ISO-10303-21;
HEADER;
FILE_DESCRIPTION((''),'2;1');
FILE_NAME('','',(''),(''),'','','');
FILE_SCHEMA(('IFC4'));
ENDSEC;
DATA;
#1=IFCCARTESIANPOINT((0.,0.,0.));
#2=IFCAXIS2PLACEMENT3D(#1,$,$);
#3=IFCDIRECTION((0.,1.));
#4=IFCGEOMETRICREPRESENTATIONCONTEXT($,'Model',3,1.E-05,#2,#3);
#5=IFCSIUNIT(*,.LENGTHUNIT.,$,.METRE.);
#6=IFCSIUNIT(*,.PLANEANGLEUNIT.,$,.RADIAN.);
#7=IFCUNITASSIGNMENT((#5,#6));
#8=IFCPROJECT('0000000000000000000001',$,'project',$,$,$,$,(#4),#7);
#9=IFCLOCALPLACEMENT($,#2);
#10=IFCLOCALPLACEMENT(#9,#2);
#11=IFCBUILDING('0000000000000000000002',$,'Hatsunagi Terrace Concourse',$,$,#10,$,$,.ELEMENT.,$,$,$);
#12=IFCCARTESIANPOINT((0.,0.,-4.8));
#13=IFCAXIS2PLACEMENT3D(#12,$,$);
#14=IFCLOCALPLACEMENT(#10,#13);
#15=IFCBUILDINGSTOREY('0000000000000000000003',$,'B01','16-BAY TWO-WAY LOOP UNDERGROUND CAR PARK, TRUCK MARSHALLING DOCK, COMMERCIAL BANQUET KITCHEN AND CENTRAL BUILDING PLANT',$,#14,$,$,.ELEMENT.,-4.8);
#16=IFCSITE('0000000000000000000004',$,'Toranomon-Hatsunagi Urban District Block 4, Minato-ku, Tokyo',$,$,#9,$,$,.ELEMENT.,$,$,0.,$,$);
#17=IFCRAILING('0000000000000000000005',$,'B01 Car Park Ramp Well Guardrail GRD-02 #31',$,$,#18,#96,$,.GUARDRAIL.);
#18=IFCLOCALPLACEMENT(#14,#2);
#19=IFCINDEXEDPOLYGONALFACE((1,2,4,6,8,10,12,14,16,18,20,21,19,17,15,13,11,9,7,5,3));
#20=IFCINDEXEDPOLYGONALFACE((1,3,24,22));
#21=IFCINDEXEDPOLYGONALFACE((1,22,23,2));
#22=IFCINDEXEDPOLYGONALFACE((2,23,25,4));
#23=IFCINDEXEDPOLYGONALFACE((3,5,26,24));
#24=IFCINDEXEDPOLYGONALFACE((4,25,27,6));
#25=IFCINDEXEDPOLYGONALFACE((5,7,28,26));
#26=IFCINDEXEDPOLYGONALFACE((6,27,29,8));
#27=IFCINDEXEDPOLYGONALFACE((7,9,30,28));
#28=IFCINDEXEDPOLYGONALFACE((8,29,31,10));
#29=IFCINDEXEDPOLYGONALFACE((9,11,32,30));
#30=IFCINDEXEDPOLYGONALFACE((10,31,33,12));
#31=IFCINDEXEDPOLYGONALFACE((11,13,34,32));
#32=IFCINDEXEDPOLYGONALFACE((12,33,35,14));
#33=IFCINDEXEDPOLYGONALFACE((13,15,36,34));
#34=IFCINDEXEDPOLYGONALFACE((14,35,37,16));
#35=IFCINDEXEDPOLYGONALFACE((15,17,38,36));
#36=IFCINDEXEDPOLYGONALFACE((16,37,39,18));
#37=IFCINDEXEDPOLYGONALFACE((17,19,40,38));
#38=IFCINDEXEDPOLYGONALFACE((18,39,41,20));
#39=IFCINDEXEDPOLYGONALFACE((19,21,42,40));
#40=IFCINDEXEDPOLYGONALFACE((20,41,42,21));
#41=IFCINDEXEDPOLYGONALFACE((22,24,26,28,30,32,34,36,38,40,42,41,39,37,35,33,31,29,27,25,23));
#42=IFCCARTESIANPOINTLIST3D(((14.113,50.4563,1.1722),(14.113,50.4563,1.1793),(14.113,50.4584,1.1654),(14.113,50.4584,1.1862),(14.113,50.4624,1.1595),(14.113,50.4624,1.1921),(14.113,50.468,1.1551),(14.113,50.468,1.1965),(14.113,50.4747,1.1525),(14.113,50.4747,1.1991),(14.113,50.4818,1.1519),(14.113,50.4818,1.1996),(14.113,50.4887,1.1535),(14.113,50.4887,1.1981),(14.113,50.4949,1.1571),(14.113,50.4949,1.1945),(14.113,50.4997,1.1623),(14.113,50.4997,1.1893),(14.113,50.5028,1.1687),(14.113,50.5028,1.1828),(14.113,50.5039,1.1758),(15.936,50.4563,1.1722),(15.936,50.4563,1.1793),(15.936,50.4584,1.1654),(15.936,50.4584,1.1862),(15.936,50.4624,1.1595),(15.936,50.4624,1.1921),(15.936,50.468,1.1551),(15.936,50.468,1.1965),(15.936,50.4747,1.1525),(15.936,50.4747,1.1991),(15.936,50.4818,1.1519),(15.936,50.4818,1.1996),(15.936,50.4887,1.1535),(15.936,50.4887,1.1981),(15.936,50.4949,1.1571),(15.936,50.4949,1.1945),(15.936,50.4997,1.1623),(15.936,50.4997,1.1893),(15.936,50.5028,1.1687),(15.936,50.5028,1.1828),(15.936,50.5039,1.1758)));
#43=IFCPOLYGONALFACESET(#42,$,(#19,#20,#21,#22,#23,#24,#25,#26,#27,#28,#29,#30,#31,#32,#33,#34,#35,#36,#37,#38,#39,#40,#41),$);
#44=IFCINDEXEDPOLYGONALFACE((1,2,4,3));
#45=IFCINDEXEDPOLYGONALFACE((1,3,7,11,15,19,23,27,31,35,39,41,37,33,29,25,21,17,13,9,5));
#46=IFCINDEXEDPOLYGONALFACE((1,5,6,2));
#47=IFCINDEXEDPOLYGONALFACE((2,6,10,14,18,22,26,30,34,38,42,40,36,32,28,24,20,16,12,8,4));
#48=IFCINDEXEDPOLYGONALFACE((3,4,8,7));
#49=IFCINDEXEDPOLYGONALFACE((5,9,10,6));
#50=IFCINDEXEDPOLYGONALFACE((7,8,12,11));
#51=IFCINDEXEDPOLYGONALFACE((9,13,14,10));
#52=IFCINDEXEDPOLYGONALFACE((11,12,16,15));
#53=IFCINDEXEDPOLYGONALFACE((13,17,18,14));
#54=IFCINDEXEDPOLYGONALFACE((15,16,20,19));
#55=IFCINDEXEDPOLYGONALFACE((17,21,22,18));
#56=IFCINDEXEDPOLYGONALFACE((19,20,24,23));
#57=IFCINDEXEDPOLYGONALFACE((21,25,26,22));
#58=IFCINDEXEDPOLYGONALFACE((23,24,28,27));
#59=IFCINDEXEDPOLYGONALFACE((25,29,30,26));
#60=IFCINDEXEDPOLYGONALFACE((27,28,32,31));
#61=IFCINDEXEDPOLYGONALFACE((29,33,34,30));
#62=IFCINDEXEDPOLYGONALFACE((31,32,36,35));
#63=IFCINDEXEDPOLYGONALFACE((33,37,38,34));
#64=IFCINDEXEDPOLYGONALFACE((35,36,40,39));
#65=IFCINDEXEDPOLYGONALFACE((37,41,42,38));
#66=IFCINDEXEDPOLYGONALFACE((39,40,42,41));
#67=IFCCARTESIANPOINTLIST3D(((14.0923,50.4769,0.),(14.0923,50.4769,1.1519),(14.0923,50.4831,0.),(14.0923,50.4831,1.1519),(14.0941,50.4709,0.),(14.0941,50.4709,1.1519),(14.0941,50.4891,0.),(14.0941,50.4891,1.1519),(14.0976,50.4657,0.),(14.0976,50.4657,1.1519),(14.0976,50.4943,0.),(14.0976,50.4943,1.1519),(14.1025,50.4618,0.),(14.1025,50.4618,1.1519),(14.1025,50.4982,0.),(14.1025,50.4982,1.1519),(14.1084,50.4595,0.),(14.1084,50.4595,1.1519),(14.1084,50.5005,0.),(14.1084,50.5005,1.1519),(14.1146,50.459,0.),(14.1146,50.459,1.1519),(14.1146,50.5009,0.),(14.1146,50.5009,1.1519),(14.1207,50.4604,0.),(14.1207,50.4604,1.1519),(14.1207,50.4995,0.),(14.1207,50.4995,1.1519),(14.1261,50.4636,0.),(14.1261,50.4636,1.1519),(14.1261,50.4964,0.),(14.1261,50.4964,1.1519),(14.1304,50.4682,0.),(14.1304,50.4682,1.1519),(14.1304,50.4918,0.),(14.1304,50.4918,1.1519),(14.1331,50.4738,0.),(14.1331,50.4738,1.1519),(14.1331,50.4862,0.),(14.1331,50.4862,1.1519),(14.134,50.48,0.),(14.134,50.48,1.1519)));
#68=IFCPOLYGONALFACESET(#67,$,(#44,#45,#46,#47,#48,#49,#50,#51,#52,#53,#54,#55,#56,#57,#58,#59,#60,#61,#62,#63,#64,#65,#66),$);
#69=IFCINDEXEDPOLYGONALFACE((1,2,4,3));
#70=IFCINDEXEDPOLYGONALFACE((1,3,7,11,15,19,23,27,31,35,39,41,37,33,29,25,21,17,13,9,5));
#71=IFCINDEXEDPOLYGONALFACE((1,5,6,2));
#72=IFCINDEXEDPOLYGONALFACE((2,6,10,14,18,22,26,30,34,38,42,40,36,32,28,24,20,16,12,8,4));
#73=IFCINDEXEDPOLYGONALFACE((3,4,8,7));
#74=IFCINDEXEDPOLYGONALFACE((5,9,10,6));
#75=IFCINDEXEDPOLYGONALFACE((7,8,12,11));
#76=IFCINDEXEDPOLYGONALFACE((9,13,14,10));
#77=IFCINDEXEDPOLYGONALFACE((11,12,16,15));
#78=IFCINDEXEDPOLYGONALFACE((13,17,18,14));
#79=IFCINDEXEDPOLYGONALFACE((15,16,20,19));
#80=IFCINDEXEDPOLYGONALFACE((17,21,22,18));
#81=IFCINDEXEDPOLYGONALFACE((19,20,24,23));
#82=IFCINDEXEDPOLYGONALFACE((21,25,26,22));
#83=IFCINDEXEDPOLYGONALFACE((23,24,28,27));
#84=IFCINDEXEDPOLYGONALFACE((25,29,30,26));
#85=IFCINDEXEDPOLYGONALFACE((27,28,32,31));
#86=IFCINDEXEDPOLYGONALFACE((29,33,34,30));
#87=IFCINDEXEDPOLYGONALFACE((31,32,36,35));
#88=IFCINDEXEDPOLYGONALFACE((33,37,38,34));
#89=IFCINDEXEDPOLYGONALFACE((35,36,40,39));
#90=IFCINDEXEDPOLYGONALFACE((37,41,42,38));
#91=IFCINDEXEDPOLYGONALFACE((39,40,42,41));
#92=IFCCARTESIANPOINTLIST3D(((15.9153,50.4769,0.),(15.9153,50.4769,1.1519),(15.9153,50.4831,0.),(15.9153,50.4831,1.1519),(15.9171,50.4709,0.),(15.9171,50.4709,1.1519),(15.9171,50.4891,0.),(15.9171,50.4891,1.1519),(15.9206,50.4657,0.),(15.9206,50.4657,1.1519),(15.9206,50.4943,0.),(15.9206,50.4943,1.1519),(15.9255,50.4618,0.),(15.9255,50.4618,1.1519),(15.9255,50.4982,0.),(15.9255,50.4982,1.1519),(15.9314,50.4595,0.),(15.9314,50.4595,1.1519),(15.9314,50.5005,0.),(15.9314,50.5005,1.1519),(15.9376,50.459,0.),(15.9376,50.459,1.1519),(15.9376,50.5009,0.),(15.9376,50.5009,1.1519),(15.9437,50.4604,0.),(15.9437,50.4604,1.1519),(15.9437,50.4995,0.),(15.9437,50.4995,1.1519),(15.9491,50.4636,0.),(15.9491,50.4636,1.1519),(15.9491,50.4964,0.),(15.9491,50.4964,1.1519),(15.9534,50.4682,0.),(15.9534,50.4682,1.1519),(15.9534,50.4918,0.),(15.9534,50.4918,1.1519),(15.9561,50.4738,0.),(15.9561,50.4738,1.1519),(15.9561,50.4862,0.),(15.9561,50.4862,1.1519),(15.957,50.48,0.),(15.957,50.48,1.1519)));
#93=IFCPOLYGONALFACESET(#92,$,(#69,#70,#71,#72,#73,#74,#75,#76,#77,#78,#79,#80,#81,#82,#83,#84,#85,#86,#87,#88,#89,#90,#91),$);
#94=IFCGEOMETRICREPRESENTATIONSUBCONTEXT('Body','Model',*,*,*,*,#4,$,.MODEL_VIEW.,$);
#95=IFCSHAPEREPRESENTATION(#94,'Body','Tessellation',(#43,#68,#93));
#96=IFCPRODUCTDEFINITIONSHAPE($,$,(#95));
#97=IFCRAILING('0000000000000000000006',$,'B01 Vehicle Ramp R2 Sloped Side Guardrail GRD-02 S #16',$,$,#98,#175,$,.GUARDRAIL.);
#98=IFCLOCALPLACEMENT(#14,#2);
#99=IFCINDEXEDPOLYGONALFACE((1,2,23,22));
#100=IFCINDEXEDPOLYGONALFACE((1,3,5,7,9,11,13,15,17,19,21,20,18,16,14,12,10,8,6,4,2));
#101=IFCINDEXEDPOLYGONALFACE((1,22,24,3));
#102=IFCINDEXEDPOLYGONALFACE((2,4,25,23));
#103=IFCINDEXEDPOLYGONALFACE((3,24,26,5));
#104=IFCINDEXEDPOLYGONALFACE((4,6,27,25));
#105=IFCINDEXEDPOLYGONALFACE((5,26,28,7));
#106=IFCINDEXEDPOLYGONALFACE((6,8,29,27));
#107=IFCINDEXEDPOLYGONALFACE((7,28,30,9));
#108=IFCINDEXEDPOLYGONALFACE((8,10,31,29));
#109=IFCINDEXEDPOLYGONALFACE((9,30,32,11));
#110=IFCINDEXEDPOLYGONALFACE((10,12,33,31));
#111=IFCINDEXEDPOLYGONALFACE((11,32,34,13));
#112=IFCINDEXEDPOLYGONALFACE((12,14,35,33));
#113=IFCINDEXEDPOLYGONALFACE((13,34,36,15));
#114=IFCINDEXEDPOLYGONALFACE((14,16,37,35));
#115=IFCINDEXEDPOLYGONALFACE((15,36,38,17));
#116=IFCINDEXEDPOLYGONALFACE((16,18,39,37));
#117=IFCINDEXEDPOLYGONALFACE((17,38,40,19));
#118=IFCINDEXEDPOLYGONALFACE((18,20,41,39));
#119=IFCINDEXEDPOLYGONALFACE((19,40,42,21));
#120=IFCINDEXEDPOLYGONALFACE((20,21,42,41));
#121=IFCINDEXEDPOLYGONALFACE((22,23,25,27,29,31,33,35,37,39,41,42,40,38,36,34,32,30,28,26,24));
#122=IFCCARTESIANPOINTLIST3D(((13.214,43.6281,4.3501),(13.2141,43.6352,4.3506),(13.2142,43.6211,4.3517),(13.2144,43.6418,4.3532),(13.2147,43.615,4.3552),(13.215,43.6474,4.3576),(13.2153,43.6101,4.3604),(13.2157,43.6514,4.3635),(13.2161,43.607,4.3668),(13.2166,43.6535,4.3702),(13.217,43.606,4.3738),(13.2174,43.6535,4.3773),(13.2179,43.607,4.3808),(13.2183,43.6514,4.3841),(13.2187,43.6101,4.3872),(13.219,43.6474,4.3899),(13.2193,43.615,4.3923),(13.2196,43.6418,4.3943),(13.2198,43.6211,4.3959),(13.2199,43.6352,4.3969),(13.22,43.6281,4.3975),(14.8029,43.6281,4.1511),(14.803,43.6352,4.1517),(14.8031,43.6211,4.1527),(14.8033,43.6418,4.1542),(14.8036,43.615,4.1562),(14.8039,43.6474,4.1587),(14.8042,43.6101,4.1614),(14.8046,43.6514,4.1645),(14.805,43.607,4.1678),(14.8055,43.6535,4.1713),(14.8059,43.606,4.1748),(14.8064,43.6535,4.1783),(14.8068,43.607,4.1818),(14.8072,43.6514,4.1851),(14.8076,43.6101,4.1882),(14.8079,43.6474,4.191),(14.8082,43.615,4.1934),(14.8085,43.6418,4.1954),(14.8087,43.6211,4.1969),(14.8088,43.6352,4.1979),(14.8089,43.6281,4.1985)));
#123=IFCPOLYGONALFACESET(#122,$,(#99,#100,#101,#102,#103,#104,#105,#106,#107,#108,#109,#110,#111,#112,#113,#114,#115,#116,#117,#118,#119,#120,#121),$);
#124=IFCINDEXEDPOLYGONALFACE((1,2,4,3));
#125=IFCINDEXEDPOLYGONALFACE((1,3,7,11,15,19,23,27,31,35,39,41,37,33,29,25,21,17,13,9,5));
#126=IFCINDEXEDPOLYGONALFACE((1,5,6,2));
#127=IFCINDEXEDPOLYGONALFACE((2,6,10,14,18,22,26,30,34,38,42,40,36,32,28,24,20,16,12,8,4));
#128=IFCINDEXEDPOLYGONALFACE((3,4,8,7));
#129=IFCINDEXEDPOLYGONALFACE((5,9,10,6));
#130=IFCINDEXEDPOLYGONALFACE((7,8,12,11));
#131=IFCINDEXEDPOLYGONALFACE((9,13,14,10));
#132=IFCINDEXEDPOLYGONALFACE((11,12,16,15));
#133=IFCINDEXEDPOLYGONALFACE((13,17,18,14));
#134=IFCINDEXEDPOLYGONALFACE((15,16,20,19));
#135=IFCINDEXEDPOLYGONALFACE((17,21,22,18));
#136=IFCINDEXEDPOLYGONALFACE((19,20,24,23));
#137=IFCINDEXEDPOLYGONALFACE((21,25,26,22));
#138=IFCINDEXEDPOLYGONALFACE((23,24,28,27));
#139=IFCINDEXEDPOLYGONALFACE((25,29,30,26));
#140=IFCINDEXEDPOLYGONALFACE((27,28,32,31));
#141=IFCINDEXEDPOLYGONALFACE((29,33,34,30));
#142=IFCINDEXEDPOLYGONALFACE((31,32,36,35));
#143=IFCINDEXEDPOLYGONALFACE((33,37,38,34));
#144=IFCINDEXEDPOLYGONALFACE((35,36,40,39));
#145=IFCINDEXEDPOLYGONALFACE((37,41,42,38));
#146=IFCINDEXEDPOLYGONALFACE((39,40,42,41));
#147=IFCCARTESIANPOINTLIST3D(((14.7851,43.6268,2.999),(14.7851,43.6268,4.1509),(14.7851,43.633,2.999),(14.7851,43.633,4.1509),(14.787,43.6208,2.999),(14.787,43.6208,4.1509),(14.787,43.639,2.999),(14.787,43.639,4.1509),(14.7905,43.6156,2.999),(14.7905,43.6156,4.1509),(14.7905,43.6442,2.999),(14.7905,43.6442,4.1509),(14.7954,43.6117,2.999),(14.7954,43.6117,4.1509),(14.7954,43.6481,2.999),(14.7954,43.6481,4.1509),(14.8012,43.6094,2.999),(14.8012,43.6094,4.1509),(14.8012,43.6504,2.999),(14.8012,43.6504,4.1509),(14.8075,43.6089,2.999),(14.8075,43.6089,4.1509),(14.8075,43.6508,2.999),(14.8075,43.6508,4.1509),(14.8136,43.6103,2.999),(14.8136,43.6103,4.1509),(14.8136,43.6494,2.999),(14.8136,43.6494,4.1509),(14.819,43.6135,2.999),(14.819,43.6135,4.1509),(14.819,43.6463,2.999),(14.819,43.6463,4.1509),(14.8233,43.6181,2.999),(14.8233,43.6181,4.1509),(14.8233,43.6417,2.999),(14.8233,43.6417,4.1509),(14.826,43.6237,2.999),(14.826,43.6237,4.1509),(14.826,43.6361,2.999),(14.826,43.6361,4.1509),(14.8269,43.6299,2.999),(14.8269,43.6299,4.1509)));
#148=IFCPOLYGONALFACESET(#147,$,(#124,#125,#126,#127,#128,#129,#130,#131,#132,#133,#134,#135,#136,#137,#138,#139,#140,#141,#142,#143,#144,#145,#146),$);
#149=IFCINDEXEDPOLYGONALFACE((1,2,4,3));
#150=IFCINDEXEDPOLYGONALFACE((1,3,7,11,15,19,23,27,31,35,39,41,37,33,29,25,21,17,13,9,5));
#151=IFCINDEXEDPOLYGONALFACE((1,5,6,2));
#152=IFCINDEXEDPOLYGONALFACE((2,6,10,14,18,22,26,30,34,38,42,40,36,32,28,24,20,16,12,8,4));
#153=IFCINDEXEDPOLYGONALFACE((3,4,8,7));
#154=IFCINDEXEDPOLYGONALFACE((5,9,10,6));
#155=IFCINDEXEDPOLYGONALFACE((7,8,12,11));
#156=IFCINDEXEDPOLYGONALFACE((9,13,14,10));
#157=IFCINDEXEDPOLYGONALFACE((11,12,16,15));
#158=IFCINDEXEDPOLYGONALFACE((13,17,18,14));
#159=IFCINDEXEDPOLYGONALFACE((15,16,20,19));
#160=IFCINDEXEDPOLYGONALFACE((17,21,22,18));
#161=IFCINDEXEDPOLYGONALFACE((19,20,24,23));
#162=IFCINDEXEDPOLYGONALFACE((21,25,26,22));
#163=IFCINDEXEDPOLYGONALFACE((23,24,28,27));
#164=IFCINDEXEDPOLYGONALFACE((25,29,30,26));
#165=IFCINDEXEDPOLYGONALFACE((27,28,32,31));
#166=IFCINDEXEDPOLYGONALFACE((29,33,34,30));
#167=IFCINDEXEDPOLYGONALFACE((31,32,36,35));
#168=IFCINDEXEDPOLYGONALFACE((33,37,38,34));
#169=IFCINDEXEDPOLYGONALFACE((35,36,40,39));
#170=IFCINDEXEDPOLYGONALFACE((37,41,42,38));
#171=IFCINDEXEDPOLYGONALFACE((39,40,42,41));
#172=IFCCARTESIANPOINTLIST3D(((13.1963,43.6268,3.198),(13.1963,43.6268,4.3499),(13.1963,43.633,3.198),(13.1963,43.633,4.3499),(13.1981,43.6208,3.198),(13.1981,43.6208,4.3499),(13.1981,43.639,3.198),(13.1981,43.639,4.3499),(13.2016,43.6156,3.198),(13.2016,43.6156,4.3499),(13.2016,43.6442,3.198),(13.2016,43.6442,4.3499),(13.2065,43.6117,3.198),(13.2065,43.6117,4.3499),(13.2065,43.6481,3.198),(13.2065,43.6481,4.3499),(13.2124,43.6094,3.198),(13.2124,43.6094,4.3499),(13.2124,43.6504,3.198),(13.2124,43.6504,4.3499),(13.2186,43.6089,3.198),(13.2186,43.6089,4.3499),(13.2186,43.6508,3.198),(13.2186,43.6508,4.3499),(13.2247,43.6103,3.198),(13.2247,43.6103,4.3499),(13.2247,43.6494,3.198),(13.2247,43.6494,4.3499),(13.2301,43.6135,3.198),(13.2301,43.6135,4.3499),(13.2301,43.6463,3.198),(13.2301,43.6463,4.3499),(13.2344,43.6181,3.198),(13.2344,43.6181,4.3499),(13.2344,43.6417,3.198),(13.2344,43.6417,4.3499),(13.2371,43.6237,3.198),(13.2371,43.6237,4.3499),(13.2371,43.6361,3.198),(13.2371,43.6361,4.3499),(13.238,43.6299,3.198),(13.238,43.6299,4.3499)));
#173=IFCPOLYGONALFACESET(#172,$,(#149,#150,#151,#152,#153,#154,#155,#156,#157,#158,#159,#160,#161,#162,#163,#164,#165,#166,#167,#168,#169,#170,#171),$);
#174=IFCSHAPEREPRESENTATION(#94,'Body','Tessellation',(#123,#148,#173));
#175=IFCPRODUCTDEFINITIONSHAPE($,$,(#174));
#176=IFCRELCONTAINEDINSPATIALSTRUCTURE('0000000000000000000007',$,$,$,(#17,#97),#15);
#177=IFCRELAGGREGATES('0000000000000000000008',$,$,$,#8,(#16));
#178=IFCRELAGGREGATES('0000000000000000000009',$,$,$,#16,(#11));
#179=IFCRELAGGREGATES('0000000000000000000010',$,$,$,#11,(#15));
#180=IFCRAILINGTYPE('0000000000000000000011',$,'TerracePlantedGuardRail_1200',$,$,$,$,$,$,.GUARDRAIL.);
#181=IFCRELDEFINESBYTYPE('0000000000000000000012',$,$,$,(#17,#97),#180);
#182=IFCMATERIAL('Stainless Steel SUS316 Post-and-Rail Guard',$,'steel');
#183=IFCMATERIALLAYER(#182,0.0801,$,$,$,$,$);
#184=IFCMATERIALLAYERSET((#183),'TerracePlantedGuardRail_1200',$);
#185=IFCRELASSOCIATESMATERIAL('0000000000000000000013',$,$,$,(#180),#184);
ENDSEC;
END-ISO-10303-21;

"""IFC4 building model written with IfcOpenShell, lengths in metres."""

from ifc_helpers import new_model, si_unit, direction, frame, origin, origin_2d, place, context, subcontext, project, spatial, circle, extrude, material, layer, layer_set, type_object, element, save


model = new_model("IFC4")

# Units and contexts
model_context = context("Model", 3, precision=1e-05, world=origin(), true_north=direction((0.0, 1.0)))
body_context = subcontext(model_context, "Body", "Model", "MODEL_VIEW")
ifc_project = project(units=[si_unit("LENGTHUNIT", "METRE"), si_unit("PLANEANGLEUNIT", "RADIAN")], contexts=[model_context])

# Site, building, storey
site_placement = place(None, origin())
site = spatial("IfcSite", under=ifc_project, at=site_placement, Name="Toranomon-Hatsunagi Urban District Block 4, Minato-ku, Tokyo", CompositionType="ELEMENT", RefElevation=0.0)
building_placement = place(site_placement, origin())
building = spatial("IfcBuilding", under=site, at=building_placement, Name="Hatsunagi Terrace Concourse", CompositionType="ELEMENT")
storey_placement = place(building_placement, frame((0.0, 0.0, -4.8)))
storey = spatial("IfcBuildingStorey", under=building, at=storey_placement, Name="B01", Description="16-BAY TWO-WAY LOOP UNDERGROUND CAR PARK, TRUCK MARSHALLING DOCK, COMMERCIAL BANQUET KITCHEN AND CENTRAL BUILDING PLANT", CompositionType="ELEMENT", Elevation=-4.8)

# Railings
ifc_material_1 = material(Name="Stainless Steel SUS316 Post-and-Rail Guard", Category="steel")
ifc_layer_1 = layer(ifc_material_1, 0.0801)
ifc_layer_set_1 = layer_set([ifc_layer_1], Name="TerracePlantedGuardRail_1200")
railing_type = type_object("IfcRailingType", Name="TerracePlantedGuardRail_1200", PredefinedType="GUARDRAIL", material=ifc_layer_set_1)
railing_1_placement = place(storey_placement, frame((14.113, 50.48, 0.0)))
element("IfcRailing", 1, at=railing_1_placement, inside=storey, type_object=railing_type, Name="B01 Car Park Ramp Well Guardrail GRD-02 #31", PredefinedType="GUARDRAIL", context=body_context, shape_type="SweptSolid", body=[
    extrude(circle(Radius=0.0239, at=origin_2d()), frame((0.0, 0.0, 1.1758), z_axis=(1.0, 0.0, 0.0), x_axis=(0.0, 1.0, 0.0)), (0.0, 0.0, 1.0), 1.823),
    extrude(circle(Radius=0.021, at=origin_2d()), origin(), (0.0, 0.0, 1.0), 1.1519),
    extrude(circle(Radius=0.021, at=origin_2d()), frame((1.823, 0.0, 0.0)), (0.0, 0.0, 1.0), 1.1519),
])
railing_2_placement = place(storey_placement, frame((14.8059, 43.6299, 2.999)))
element("IfcRailing", 2, at=railing_2_placement, inside=storey, type_object=railing_type, Name="B01 Vehicle Ramp R2 Sloped Side Guardrail GRD-02 S #16", PredefinedType="GUARDRAIL", context=body_context, shape_type="SweptSolid", body=[
    extrude(circle(Radius=0.0239, at=origin_2d()), frame((0.0, 0.0, 1.1758), z_axis=(-0.99225, 0.0, 0.12426), x_axis=(0.0, -1.0, 0.0)), (0.0, 0.0, 1.0), 1.6013),
    extrude(circle(Radius=0.021, at=origin_2d()), origin(), (0.0, 0.0, 1.0), 1.1519),
    extrude(circle(Radius=0.021, at=origin_2d()), frame((-1.5889, 0.0, 0.199)), (0.0, 0.0, 1.0), 1.1519),
])

save(model, "model.ifc")
